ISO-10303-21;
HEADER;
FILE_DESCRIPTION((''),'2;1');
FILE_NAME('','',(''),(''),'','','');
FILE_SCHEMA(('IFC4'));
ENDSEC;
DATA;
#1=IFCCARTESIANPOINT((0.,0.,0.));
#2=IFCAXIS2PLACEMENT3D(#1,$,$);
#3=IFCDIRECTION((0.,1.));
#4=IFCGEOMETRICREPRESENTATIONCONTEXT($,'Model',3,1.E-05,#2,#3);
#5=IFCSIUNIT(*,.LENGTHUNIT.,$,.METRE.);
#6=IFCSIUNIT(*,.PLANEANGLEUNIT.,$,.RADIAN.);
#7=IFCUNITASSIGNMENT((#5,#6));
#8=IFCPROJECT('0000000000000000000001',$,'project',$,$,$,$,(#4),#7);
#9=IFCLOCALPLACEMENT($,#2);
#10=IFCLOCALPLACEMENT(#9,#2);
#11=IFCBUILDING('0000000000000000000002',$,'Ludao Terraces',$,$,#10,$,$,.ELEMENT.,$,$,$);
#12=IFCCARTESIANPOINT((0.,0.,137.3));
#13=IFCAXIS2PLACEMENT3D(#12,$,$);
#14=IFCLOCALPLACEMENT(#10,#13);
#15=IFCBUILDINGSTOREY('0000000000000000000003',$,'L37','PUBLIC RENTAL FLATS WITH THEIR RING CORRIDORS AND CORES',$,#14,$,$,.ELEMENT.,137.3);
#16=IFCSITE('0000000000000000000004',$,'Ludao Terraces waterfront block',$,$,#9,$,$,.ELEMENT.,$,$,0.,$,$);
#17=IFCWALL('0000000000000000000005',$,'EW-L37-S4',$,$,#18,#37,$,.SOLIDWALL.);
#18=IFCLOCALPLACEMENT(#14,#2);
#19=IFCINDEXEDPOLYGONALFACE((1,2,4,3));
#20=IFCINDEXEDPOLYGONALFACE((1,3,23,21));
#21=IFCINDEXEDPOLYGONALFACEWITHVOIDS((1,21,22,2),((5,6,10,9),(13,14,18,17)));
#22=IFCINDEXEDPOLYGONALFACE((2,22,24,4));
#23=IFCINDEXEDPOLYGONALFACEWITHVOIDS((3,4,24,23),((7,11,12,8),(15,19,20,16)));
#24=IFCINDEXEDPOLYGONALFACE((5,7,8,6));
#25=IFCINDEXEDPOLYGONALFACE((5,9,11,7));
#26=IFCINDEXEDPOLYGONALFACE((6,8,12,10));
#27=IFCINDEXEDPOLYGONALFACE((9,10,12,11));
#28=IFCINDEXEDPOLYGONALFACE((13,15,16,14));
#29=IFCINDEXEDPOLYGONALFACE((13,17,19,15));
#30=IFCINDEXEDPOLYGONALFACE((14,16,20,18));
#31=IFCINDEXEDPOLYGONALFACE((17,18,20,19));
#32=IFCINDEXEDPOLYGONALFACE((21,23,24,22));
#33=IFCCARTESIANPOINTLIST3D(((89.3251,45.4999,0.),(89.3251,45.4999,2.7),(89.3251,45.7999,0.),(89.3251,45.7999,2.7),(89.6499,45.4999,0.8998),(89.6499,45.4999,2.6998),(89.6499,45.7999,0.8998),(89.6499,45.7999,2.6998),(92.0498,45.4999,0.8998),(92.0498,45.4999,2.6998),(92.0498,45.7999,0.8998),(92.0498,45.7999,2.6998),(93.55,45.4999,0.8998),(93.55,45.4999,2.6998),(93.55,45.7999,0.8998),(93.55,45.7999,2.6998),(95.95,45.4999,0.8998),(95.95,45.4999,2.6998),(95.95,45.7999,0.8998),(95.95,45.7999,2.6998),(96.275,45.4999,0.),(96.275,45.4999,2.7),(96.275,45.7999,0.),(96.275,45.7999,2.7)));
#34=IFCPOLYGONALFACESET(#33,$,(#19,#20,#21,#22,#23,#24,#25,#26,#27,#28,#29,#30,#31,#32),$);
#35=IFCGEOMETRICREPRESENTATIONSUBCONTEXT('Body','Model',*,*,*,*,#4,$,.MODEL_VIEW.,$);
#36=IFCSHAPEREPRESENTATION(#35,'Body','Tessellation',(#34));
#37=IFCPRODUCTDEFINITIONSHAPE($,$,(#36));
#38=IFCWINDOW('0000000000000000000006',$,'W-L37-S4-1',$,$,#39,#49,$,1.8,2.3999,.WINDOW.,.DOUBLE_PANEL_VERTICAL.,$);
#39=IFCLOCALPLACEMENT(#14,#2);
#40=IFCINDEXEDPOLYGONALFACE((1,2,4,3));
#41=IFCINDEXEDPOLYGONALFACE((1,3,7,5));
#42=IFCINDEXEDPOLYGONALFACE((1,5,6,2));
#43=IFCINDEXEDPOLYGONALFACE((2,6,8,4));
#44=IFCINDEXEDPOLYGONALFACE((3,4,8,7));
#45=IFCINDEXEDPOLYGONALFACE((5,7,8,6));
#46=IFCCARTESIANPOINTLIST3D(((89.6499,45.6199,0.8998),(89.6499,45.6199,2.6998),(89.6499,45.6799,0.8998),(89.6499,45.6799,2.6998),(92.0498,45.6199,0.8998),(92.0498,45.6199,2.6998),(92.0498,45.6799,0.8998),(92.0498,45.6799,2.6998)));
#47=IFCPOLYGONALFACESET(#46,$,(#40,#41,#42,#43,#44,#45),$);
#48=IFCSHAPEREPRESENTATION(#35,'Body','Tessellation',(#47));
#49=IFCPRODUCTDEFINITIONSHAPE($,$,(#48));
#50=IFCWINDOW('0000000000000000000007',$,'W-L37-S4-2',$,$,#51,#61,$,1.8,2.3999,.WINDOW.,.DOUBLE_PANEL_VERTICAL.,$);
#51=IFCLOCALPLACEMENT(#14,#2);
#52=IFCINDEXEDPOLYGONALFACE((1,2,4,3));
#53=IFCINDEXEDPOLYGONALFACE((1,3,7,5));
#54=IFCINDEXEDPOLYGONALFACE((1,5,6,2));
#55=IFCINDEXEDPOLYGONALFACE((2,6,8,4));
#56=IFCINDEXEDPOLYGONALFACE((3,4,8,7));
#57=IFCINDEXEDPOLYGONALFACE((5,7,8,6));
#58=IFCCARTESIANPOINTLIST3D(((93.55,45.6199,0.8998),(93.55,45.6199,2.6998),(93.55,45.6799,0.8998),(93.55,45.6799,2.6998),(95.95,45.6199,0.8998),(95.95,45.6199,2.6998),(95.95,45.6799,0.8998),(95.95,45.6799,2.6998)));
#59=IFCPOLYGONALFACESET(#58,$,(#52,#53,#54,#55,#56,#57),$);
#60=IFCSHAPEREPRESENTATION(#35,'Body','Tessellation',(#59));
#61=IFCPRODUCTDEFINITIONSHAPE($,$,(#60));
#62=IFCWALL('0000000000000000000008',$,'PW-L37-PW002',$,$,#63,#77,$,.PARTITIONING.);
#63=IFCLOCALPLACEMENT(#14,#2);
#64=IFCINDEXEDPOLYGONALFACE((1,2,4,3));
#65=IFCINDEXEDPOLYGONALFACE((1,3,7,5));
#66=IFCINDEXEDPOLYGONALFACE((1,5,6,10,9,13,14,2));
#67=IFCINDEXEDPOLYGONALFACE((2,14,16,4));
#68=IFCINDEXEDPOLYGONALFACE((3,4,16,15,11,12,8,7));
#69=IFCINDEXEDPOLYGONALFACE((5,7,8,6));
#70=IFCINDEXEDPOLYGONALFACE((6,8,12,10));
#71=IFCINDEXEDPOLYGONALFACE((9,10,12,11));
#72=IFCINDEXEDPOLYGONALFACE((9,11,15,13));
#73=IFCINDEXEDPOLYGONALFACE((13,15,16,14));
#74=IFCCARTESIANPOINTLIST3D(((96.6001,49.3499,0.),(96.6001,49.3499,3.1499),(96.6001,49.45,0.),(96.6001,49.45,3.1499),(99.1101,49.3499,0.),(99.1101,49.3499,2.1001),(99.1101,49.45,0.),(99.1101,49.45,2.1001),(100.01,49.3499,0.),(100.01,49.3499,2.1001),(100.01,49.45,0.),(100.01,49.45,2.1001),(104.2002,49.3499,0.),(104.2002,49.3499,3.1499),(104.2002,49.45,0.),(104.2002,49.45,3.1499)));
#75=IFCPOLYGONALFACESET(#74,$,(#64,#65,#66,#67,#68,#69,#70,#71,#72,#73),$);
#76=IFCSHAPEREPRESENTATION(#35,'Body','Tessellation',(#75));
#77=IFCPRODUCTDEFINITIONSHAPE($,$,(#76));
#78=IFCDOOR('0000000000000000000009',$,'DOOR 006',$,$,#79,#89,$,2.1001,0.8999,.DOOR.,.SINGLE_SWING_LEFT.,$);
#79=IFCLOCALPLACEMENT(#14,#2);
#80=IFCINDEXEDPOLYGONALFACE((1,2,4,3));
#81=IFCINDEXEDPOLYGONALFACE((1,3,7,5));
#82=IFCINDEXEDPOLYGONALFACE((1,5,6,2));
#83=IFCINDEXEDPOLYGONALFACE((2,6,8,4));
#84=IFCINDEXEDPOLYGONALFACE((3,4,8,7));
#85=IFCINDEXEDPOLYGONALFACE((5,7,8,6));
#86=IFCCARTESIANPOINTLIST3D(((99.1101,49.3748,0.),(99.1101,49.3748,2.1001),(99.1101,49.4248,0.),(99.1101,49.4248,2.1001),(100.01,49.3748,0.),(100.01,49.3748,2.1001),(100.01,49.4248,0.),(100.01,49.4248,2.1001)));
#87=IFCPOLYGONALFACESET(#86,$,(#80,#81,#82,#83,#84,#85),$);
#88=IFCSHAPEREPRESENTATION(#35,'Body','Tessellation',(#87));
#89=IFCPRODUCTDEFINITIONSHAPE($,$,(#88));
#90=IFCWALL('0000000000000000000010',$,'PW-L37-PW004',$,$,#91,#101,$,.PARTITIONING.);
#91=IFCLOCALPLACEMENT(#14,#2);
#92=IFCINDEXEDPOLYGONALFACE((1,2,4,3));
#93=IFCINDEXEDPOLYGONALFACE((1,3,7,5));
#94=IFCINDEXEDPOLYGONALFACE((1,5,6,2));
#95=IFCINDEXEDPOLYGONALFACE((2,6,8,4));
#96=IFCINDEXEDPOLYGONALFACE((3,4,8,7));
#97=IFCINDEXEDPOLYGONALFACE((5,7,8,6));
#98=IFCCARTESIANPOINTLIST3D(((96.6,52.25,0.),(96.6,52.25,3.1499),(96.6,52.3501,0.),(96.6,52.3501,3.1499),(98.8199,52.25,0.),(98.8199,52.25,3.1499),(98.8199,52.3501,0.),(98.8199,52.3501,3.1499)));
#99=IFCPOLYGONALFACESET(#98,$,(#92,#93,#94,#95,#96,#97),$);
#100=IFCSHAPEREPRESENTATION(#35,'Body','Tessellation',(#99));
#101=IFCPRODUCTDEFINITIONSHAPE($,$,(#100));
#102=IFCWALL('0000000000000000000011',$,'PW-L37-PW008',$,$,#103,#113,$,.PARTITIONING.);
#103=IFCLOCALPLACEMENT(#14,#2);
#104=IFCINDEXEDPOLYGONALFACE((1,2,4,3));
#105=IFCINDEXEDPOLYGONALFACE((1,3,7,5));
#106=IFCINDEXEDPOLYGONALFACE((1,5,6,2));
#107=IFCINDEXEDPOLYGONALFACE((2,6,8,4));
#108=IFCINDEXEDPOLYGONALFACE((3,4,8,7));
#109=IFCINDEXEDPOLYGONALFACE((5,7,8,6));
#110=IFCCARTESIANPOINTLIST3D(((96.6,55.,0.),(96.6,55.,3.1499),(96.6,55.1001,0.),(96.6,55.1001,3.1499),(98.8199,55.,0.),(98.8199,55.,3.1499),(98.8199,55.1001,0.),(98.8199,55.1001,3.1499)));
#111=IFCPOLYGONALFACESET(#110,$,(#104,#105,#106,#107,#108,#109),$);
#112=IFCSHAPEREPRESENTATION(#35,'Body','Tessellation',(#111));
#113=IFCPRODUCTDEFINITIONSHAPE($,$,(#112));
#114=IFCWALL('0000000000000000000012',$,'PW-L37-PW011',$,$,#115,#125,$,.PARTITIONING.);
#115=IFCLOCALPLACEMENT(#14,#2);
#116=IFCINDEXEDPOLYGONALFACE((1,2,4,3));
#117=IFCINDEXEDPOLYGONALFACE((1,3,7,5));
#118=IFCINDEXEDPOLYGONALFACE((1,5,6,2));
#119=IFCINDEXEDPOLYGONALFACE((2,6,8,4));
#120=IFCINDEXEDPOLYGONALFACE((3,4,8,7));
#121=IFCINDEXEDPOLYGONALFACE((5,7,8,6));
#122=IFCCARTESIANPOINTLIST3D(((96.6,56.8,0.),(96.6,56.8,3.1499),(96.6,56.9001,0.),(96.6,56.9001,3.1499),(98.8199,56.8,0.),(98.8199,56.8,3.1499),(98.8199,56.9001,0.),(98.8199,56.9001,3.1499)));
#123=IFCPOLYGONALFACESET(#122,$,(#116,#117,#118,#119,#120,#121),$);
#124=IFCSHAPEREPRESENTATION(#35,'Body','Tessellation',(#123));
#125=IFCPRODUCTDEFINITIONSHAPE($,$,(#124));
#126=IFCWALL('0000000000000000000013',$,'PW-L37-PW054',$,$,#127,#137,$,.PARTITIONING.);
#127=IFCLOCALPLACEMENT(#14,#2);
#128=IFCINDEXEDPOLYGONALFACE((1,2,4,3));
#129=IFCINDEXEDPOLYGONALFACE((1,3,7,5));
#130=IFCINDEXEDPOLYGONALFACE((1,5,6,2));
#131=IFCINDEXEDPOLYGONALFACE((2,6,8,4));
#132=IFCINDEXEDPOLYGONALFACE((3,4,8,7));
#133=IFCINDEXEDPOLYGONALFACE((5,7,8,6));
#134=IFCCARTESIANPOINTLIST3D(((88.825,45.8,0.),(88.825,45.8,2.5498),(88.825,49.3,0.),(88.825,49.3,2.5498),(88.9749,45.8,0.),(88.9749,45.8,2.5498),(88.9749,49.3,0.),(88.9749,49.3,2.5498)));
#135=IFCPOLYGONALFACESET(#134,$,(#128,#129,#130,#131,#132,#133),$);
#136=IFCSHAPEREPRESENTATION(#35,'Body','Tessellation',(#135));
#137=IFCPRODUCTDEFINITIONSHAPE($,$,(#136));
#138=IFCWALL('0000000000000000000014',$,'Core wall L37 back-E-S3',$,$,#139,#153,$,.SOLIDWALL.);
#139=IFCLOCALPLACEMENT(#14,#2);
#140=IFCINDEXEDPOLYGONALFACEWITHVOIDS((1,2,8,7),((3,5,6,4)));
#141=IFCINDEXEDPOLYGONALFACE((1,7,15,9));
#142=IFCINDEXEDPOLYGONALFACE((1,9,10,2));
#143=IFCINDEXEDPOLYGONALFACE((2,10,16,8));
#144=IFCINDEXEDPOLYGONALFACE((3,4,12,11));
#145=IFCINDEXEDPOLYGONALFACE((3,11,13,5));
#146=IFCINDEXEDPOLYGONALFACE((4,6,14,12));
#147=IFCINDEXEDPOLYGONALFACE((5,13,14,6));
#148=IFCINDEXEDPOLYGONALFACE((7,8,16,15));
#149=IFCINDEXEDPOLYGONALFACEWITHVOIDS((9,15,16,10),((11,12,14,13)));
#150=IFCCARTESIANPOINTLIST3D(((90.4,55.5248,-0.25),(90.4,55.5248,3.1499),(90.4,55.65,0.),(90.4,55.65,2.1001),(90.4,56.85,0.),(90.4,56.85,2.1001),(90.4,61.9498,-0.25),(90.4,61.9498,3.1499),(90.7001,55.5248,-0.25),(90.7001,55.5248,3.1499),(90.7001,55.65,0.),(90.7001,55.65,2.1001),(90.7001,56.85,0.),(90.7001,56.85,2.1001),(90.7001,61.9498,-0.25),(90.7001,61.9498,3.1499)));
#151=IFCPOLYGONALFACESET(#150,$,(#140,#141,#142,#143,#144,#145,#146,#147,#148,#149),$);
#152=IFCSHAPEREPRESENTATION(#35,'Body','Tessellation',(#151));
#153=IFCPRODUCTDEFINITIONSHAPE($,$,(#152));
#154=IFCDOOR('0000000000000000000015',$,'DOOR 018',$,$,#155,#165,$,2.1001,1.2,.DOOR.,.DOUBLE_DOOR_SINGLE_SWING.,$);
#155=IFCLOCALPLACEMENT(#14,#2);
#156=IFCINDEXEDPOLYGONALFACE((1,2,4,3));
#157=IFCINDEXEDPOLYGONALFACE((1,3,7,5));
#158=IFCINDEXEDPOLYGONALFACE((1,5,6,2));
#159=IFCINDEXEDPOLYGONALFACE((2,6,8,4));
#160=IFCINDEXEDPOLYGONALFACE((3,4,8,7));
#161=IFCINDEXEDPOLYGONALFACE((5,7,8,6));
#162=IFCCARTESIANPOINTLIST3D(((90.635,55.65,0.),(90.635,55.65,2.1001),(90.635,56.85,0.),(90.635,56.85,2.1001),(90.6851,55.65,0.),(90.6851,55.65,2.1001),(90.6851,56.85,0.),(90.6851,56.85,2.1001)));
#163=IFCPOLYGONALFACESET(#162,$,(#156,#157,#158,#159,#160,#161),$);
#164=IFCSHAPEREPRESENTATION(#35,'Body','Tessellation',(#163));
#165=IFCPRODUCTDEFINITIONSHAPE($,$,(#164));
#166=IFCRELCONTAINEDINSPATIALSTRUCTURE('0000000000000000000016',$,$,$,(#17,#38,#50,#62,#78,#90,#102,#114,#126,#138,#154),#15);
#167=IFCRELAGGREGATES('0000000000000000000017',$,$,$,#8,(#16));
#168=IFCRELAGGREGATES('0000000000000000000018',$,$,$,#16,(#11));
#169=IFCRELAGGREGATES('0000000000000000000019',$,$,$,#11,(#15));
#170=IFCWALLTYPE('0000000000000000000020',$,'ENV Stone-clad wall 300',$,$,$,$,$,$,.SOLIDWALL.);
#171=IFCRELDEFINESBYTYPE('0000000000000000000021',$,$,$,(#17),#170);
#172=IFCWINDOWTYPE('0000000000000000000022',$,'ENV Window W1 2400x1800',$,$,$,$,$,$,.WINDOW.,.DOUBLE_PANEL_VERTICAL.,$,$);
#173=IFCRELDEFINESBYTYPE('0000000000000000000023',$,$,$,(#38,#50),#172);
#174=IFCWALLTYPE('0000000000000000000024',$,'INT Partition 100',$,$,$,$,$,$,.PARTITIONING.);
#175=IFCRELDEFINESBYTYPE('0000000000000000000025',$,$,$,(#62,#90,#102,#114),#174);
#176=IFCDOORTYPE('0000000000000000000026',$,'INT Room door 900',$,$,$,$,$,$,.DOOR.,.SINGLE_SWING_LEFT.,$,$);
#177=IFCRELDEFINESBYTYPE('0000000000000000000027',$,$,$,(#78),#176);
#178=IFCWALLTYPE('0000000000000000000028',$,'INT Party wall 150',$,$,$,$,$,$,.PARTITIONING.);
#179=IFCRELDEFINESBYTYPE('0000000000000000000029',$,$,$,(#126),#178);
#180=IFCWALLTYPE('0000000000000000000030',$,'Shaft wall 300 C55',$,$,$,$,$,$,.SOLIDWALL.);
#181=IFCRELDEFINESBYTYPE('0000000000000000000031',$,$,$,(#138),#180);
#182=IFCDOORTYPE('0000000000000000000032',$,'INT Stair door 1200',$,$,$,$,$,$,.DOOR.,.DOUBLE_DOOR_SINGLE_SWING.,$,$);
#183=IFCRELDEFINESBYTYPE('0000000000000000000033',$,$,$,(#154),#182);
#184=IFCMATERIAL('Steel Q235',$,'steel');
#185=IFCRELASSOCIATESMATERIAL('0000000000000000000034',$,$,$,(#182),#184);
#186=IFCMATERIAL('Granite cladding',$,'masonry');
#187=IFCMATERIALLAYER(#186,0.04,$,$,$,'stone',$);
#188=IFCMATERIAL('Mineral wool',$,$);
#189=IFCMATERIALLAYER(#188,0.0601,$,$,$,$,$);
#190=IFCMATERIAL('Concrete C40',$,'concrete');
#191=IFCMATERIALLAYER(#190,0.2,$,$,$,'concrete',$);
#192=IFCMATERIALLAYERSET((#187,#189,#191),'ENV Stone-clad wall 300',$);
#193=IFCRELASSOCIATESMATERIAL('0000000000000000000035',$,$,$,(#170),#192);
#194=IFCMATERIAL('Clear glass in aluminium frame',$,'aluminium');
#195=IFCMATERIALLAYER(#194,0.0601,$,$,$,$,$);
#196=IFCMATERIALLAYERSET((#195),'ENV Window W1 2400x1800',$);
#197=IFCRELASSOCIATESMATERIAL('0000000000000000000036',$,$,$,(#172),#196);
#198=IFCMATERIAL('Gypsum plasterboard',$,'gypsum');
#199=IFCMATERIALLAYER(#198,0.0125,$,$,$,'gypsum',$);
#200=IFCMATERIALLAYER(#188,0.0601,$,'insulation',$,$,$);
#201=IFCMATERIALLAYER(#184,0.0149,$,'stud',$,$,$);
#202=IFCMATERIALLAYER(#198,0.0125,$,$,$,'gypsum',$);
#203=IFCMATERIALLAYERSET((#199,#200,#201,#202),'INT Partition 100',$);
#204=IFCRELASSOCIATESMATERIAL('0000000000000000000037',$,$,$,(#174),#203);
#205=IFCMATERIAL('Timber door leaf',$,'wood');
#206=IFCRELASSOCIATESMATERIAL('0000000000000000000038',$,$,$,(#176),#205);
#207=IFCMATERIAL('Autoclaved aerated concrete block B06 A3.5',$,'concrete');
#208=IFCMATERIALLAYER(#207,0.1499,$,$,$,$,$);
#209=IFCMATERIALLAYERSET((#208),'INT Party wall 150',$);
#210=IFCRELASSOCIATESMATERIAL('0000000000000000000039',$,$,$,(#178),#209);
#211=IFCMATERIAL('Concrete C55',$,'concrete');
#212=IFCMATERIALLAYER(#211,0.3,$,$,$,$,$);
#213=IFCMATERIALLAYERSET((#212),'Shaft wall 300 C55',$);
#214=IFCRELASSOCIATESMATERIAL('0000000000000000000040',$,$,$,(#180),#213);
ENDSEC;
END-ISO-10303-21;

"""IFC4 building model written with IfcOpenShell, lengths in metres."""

from ifc_helpers import new_model, si_unit, direction, frame, frame_2d, origin, place, context, subcontext, project, spatial, rectangle, extrude, material, layer, layer_set, type_object, element, fill, save


model = new_model("IFC4")

# Units and contexts
model_context = context("Model", 3, precision=1e-05, world=origin(), true_north=direction((0.0, 1.0)))
body_context = subcontext(model_context, "Body", "Model", "MODEL_VIEW")
ifc_project = project(units=[si_unit("LENGTHUNIT", "METRE"), si_unit("PLANEANGLEUNIT", "RADIAN")], contexts=[model_context])

# Site, building, storey
site_placement = place(None, origin())
site = spatial("IfcSite", under=ifc_project, at=site_placement, Name="Ludao Terraces waterfront block", CompositionType="ELEMENT", RefElevation=0.0)
building_placement = place(site_placement, origin())
building = spatial("IfcBuilding", under=site, at=building_placement, Name="Ludao Terraces", CompositionType="ELEMENT")
storey_placement = place(building_placement, frame((0.0, 0.0, 137.3)))
storey = spatial("IfcBuildingStorey", under=building, at=storey_placement, Name="L37", Description="PUBLIC RENTAL FLATS WITH THEIR RING CORRIDORS AND CORES", CompositionType="ELEMENT", Elevation=137.3)

# Shared definitions
ifc_material_1 = material(Name="Concrete C40", Category="concrete")

# Shared definitions
ifc_material_2 = material(Name="Steel Q235", Category="steel")
door_type_1 = type_object("IfcDoorType", Name="INT Stair door 1200", OperationType="DOUBLE_DOOR_SINGLE_SWING", PredefinedType="DOOR", material=ifc_material_2)

# Wall, openings, windows
ifc_material_3 = material(Name="Granite cladding", Category="masonry")
ifc_layer_1 = layer(ifc_material_3, 0.04, Category="stone")
ifc_material_4 = material(Name="Mineral wool")
ifc_layer_2 = layer(ifc_material_4, 0.0601)
ifc_layer_3 = layer(ifc_material_1, 0.2, Category="concrete")
ifc_layer_set_1 = layer_set([ifc_layer_1, ifc_layer_2, ifc_layer_3], Name="ENV Stone-clad wall 300")
wall_type_1 = type_object("IfcWallType", Name="ENV Stone-clad wall 300", PredefinedType="SOLIDWALL", material=ifc_layer_set_1)
wall_1_placement = place(storey_placement, frame((89.325, 45.6499, 0.0), z_axis=(0.0, 0.0, 1.0), x_axis=(1.0, 0.0, 0.0)))
wall_1 = element("IfcWall", 1, at=wall_1_placement, inside=storey, type_object=wall_type_1, Name="EW-L37-S4", PredefinedType="SOLIDWALL", context=body_context, shape_type="SweptSolid", body=[
    extrude(rectangle(XDim=6.95, YDim=0.3, at=frame_2d((3.4751, 0.0))), origin(), (0.0, 0.0, 1.0), 2.7),
])
opening_1_placement = place(wall_1_placement, frame((0.325, 0.0, 0.8999)))
opening_1 = element("IfcOpeningElement", 2, at=opening_1_placement, cuts=wall_1, PredefinedType="OPENING", context=body_context, shape_type="SweptSolid", body=[
    extrude(rectangle(XDim=2.3999, YDim=1.8, at=frame_2d((1.2, 0.8999))), frame((0.0, 0.1602, 0.0), z_axis=(0.0, -1.0, 0.0), x_axis=(1.0, 0.0, 0.0)), (0.0, 0.0, 1.0), 0.3201),
])
opening_2_placement = place(wall_1_placement, frame((4.2251, 0.0, 0.8999)))
opening_2 = element("IfcOpeningElement", 3, at=opening_2_placement, cuts=wall_1, PredefinedType="OPENING", context=body_context, shape_type="SweptSolid", body=[
    extrude(rectangle(XDim=2.3999, YDim=1.8, at=frame_2d((1.2, 0.8999))), frame((0.0, 0.1602, 0.0), z_axis=(0.0, -1.0, 0.0), x_axis=(1.0, 0.0, 0.0)), (0.0, 0.0, 1.0), 0.3201),
])
ifc_material_5 = material(Name="Clear glass in aluminium frame", Category="aluminium")
ifc_layer_4 = layer(ifc_material_5, 0.0601)
ifc_layer_set_2 = layer_set([ifc_layer_4], Name="ENV Window W1 2400x1800")
window_type = type_object("IfcWindowType", Name="ENV Window W1 2400x1800", PartitioningType="DOUBLE_PANEL_VERTICAL", PredefinedType="WINDOW", material=ifc_layer_set_2)
window_1_placement = place(opening_1_placement, origin())
window_1 = element("IfcWindow", 4, at=window_1_placement, inside=storey, type_object=window_type, Name="W-L37-S4-1", OverallHeight=1.8, OverallWidth=2.3999, PartitioningType="DOUBLE_PANEL_VERTICAL", PredefinedType="WINDOW", context=body_context, shape_type="SweptSolid", body=[
    extrude(rectangle(XDim=2.3999, YDim=1.8, at=frame_2d((1.2, 0.8999))), frame((0.0, 0.03, 0.0), z_axis=(0.0, -1.0, 0.0), x_axis=(1.0, 0.0, 0.0)), (0.0, 0.0, 1.0), 0.0601),
])
fill(opening_1, window_1)
window_2_placement = place(opening_2_placement, origin())
window_2 = element("IfcWindow", 5, at=window_2_placement, inside=storey, type_object=window_type, Name="W-L37-S4-2", OverallHeight=1.8, OverallWidth=2.3999, PartitioningType="DOUBLE_PANEL_VERTICAL", PredefinedType="WINDOW", context=body_context, shape_type="SweptSolid", body=[
    extrude(rectangle(XDim=2.3999, YDim=1.8, at=frame_2d((1.2, 0.8999))), frame((0.0, 0.03, 0.0), z_axis=(0.0, -1.0, 0.0), x_axis=(1.0, 0.0, 0.0)), (0.0, 0.0, 1.0), 0.0601),
])
fill(opening_2, window_2)

# Wall, opening, door
ifc_material_6 = material(Name="Gypsum plasterboard", Category="gypsum")
ifc_layer_5 = layer(ifc_material_6, 0.0125, Category="gypsum")
ifc_layer_6 = layer(ifc_material_4, 0.0601, Name="insulation")
ifc_layer_7 = layer(ifc_material_2, 0.0149, Name="stud")
ifc_layer_8 = layer(ifc_material_6, 0.0125, Category="gypsum")
ifc_layer_set_3 = layer_set([ifc_layer_5, ifc_layer_6, ifc_layer_7, ifc_layer_8], Name="INT Partition 100")
wall_type_2 = type_object("IfcWallType", Name="INT Partition 100", PredefinedType="PARTITIONING", material=ifc_layer_set_3)
wall_2_placement = place(storey_placement, frame((96.6001, 49.3999, 0.0), z_axis=(0.0, 0.0, 1.0), x_axis=(1.0, 0.0, 0.0)))
wall_2 = element("IfcWall", 6, at=wall_2_placement, inside=storey, type_object=wall_type_2, Name="PW-L37-PW002", PredefinedType="PARTITIONING", context=body_context, shape_type="SweptSolid", body=[
    extrude(rectangle(XDim=7.6001, YDim=0.1001, at=frame_2d((3.8, 0.0))), origin(), (0.0, 0.0, 1.0), 3.1499),
])
opening_3_placement = place(wall_2_placement, frame((2.51, 0.0, 0.0)))
opening_3 = element("IfcOpeningElement", 7, at=opening_3_placement, cuts=wall_2, PredefinedType="OPENING", context=body_context, shape_type="SweptSolid", body=[
    extrude(rectangle(XDim=0.8999, YDim=2.1001, at=frame_2d((0.45, 1.05))), frame((0.0, 0.0601, 0.0), z_axis=(0.0, -1.0, 0.0), x_axis=(1.0, 0.0, 0.0)), (0.0, 0.0, 1.0), 0.1201),
])
ifc_material_7 = material(Name="Timber door leaf", Category="wood")
door_type_2 = type_object("IfcDoorType", Name="INT Room door 900", OperationType="SINGLE_SWING_LEFT", PredefinedType="DOOR", material=ifc_material_7)
door_1_placement = place(opening_3_placement, origin())
door_1 = element("IfcDoor", 8, at=door_1_placement, inside=storey, type_object=door_type_2, Name="DOOR 006", OperationType="SINGLE_SWING_LEFT", OverallHeight=2.1001, OverallWidth=0.8999, PredefinedType="DOOR", context=body_context, shape_type="SweptSolid", body=[
    extrude(rectangle(XDim=0.8999, YDim=2.1001, at=frame_2d((0.45, 1.05))), frame((0.0, 0.0249, 0.0), z_axis=(0.0, -1.0, 0.0), x_axis=(1.0, 0.0, 0.0)), (0.0, 0.0, 1.0), 0.05),
])
fill(opening_3, door_1)

# Walls
for number, where, z_axis, x_axis, name in (
    (9, (96.6001, 52.3, 0.0), (0.0, 0.0, 1.0), (1.0, 0.0, 0.0), "PW-L37-PW004"),
    (10, (96.6001, 55.05, 0.0), (0.0, 0.0, 1.0), (1.0, 0.0, 0.0), "PW-L37-PW008"),
    (11, (96.6001, 56.8501, 0.0), (0.0, 0.0, 1.0), (1.0, 0.0, 0.0), "PW-L37-PW011"),
):
    element("IfcWall", number, at=place(storey_placement, frame(where, z_axis=z_axis, x_axis=x_axis)), inside=storey, type_object=wall_type_2, Name=name, PredefinedType="PARTITIONING", context=body_context, shape_type="SweptSolid", body=[
        extrude(rectangle(XDim=2.22, YDim=0.1001, at=frame_2d((1.1099, 0.0))), origin(), (0.0, 0.0, 1.0), 3.1499),
    ])
ifc_material_8 = material(Name="Autoclaved aerated concrete block B06 A3.5", Category="concrete")
ifc_layer_9 = layer(ifc_material_8, 0.1499)
ifc_layer_set_4 = layer_set([ifc_layer_9], Name="INT Party wall 150")
wall_type_3 = type_object("IfcWallType", Name="INT Party wall 150", PredefinedType="PARTITIONING", material=ifc_layer_set_4)
wall_3_placement = place(storey_placement, frame((88.8999, 45.8, 0.0), z_axis=(0.0, 0.0, 1.0), x_axis=(0.0, 1.0, 0.0)))
element("IfcWall", 12, at=wall_3_placement, inside=storey, type_object=wall_type_3, Name="PW-L37-PW054", PredefinedType="PARTITIONING", context=body_context, shape_type="SweptSolid", body=[
    extrude(rectangle(XDim=3.5, YDim=0.1499, at=frame_2d((1.75, 0.0))), origin(), (0.0, 0.0, 1.0), 2.5498),
])

# Wall, opening, door
ifc_material_9 = material(Name="Concrete C55", Category="concrete")
ifc_layer_10 = layer(ifc_material_9, 0.3)
ifc_layer_set_5 = layer_set([ifc_layer_10], Name="Shaft wall 300 C55")
wall_type_4 = type_object("IfcWallType", Name="Shaft wall 300 C55", PredefinedType="SOLIDWALL", material=ifc_layer_set_5)
wall_4_placement = place(storey_placement, frame((90.55, 55.5249, -0.25), z_axis=(0.0, 0.0, 1.0), x_axis=(0.0, 1.0, 0.0)))
wall_4 = element("IfcWall", 13, at=wall_4_placement, inside=storey, type_object=wall_type_4, Name="Core wall L37 back-E-S3", PredefinedType="SOLIDWALL", context=body_context, shape_type="SweptSolid", body=[
    extrude(rectangle(XDim=6.425, YDim=0.3, at=frame_2d((3.2124, 0.0))), origin(), (0.0, 0.0, 1.0), 3.3999),
])
opening_4_placement = place(wall_4_placement, frame((0.125, 0.0, 0.25)))
opening_4 = element("IfcOpeningElement", 14, at=opening_4_placement, cuts=wall_4, PredefinedType="OPENING", context=body_context, shape_type="SweptSolid", body=[
    extrude(rectangle(XDim=1.2, YDim=2.1001, at=frame_2d((0.6001, 1.05))), frame((0.0, 0.1602, 0.0), z_axis=(0.0, -1.0, 0.0), x_axis=(1.0, 0.0, 0.0)), (0.0, 0.0, 1.0), 0.3201),
])
door_2_placement = place(opening_4_placement, origin())
door_2 = element("IfcDoor", 15, at=door_2_placement, inside=storey, type_object=door_type_1, Name="DOOR 018", OperationType="DOUBLE_DOOR_SINGLE_SWING", OverallHeight=2.1001, OverallWidth=1.2, PredefinedType="DOOR", context=body_context, shape_type="SweptSolid", body=[
    extrude(rectangle(XDim=1.2, YDim=2.1001, at=frame_2d((0.6001, 1.05))), frame((0.0, -0.085, 0.0), z_axis=(0.0, -1.0, 0.0), x_axis=(1.0, 0.0, 0.0)), (0.0, 0.0, 1.0), 0.05),
])
fill(opening_4, door_2)

save(model, "model.ifc")
